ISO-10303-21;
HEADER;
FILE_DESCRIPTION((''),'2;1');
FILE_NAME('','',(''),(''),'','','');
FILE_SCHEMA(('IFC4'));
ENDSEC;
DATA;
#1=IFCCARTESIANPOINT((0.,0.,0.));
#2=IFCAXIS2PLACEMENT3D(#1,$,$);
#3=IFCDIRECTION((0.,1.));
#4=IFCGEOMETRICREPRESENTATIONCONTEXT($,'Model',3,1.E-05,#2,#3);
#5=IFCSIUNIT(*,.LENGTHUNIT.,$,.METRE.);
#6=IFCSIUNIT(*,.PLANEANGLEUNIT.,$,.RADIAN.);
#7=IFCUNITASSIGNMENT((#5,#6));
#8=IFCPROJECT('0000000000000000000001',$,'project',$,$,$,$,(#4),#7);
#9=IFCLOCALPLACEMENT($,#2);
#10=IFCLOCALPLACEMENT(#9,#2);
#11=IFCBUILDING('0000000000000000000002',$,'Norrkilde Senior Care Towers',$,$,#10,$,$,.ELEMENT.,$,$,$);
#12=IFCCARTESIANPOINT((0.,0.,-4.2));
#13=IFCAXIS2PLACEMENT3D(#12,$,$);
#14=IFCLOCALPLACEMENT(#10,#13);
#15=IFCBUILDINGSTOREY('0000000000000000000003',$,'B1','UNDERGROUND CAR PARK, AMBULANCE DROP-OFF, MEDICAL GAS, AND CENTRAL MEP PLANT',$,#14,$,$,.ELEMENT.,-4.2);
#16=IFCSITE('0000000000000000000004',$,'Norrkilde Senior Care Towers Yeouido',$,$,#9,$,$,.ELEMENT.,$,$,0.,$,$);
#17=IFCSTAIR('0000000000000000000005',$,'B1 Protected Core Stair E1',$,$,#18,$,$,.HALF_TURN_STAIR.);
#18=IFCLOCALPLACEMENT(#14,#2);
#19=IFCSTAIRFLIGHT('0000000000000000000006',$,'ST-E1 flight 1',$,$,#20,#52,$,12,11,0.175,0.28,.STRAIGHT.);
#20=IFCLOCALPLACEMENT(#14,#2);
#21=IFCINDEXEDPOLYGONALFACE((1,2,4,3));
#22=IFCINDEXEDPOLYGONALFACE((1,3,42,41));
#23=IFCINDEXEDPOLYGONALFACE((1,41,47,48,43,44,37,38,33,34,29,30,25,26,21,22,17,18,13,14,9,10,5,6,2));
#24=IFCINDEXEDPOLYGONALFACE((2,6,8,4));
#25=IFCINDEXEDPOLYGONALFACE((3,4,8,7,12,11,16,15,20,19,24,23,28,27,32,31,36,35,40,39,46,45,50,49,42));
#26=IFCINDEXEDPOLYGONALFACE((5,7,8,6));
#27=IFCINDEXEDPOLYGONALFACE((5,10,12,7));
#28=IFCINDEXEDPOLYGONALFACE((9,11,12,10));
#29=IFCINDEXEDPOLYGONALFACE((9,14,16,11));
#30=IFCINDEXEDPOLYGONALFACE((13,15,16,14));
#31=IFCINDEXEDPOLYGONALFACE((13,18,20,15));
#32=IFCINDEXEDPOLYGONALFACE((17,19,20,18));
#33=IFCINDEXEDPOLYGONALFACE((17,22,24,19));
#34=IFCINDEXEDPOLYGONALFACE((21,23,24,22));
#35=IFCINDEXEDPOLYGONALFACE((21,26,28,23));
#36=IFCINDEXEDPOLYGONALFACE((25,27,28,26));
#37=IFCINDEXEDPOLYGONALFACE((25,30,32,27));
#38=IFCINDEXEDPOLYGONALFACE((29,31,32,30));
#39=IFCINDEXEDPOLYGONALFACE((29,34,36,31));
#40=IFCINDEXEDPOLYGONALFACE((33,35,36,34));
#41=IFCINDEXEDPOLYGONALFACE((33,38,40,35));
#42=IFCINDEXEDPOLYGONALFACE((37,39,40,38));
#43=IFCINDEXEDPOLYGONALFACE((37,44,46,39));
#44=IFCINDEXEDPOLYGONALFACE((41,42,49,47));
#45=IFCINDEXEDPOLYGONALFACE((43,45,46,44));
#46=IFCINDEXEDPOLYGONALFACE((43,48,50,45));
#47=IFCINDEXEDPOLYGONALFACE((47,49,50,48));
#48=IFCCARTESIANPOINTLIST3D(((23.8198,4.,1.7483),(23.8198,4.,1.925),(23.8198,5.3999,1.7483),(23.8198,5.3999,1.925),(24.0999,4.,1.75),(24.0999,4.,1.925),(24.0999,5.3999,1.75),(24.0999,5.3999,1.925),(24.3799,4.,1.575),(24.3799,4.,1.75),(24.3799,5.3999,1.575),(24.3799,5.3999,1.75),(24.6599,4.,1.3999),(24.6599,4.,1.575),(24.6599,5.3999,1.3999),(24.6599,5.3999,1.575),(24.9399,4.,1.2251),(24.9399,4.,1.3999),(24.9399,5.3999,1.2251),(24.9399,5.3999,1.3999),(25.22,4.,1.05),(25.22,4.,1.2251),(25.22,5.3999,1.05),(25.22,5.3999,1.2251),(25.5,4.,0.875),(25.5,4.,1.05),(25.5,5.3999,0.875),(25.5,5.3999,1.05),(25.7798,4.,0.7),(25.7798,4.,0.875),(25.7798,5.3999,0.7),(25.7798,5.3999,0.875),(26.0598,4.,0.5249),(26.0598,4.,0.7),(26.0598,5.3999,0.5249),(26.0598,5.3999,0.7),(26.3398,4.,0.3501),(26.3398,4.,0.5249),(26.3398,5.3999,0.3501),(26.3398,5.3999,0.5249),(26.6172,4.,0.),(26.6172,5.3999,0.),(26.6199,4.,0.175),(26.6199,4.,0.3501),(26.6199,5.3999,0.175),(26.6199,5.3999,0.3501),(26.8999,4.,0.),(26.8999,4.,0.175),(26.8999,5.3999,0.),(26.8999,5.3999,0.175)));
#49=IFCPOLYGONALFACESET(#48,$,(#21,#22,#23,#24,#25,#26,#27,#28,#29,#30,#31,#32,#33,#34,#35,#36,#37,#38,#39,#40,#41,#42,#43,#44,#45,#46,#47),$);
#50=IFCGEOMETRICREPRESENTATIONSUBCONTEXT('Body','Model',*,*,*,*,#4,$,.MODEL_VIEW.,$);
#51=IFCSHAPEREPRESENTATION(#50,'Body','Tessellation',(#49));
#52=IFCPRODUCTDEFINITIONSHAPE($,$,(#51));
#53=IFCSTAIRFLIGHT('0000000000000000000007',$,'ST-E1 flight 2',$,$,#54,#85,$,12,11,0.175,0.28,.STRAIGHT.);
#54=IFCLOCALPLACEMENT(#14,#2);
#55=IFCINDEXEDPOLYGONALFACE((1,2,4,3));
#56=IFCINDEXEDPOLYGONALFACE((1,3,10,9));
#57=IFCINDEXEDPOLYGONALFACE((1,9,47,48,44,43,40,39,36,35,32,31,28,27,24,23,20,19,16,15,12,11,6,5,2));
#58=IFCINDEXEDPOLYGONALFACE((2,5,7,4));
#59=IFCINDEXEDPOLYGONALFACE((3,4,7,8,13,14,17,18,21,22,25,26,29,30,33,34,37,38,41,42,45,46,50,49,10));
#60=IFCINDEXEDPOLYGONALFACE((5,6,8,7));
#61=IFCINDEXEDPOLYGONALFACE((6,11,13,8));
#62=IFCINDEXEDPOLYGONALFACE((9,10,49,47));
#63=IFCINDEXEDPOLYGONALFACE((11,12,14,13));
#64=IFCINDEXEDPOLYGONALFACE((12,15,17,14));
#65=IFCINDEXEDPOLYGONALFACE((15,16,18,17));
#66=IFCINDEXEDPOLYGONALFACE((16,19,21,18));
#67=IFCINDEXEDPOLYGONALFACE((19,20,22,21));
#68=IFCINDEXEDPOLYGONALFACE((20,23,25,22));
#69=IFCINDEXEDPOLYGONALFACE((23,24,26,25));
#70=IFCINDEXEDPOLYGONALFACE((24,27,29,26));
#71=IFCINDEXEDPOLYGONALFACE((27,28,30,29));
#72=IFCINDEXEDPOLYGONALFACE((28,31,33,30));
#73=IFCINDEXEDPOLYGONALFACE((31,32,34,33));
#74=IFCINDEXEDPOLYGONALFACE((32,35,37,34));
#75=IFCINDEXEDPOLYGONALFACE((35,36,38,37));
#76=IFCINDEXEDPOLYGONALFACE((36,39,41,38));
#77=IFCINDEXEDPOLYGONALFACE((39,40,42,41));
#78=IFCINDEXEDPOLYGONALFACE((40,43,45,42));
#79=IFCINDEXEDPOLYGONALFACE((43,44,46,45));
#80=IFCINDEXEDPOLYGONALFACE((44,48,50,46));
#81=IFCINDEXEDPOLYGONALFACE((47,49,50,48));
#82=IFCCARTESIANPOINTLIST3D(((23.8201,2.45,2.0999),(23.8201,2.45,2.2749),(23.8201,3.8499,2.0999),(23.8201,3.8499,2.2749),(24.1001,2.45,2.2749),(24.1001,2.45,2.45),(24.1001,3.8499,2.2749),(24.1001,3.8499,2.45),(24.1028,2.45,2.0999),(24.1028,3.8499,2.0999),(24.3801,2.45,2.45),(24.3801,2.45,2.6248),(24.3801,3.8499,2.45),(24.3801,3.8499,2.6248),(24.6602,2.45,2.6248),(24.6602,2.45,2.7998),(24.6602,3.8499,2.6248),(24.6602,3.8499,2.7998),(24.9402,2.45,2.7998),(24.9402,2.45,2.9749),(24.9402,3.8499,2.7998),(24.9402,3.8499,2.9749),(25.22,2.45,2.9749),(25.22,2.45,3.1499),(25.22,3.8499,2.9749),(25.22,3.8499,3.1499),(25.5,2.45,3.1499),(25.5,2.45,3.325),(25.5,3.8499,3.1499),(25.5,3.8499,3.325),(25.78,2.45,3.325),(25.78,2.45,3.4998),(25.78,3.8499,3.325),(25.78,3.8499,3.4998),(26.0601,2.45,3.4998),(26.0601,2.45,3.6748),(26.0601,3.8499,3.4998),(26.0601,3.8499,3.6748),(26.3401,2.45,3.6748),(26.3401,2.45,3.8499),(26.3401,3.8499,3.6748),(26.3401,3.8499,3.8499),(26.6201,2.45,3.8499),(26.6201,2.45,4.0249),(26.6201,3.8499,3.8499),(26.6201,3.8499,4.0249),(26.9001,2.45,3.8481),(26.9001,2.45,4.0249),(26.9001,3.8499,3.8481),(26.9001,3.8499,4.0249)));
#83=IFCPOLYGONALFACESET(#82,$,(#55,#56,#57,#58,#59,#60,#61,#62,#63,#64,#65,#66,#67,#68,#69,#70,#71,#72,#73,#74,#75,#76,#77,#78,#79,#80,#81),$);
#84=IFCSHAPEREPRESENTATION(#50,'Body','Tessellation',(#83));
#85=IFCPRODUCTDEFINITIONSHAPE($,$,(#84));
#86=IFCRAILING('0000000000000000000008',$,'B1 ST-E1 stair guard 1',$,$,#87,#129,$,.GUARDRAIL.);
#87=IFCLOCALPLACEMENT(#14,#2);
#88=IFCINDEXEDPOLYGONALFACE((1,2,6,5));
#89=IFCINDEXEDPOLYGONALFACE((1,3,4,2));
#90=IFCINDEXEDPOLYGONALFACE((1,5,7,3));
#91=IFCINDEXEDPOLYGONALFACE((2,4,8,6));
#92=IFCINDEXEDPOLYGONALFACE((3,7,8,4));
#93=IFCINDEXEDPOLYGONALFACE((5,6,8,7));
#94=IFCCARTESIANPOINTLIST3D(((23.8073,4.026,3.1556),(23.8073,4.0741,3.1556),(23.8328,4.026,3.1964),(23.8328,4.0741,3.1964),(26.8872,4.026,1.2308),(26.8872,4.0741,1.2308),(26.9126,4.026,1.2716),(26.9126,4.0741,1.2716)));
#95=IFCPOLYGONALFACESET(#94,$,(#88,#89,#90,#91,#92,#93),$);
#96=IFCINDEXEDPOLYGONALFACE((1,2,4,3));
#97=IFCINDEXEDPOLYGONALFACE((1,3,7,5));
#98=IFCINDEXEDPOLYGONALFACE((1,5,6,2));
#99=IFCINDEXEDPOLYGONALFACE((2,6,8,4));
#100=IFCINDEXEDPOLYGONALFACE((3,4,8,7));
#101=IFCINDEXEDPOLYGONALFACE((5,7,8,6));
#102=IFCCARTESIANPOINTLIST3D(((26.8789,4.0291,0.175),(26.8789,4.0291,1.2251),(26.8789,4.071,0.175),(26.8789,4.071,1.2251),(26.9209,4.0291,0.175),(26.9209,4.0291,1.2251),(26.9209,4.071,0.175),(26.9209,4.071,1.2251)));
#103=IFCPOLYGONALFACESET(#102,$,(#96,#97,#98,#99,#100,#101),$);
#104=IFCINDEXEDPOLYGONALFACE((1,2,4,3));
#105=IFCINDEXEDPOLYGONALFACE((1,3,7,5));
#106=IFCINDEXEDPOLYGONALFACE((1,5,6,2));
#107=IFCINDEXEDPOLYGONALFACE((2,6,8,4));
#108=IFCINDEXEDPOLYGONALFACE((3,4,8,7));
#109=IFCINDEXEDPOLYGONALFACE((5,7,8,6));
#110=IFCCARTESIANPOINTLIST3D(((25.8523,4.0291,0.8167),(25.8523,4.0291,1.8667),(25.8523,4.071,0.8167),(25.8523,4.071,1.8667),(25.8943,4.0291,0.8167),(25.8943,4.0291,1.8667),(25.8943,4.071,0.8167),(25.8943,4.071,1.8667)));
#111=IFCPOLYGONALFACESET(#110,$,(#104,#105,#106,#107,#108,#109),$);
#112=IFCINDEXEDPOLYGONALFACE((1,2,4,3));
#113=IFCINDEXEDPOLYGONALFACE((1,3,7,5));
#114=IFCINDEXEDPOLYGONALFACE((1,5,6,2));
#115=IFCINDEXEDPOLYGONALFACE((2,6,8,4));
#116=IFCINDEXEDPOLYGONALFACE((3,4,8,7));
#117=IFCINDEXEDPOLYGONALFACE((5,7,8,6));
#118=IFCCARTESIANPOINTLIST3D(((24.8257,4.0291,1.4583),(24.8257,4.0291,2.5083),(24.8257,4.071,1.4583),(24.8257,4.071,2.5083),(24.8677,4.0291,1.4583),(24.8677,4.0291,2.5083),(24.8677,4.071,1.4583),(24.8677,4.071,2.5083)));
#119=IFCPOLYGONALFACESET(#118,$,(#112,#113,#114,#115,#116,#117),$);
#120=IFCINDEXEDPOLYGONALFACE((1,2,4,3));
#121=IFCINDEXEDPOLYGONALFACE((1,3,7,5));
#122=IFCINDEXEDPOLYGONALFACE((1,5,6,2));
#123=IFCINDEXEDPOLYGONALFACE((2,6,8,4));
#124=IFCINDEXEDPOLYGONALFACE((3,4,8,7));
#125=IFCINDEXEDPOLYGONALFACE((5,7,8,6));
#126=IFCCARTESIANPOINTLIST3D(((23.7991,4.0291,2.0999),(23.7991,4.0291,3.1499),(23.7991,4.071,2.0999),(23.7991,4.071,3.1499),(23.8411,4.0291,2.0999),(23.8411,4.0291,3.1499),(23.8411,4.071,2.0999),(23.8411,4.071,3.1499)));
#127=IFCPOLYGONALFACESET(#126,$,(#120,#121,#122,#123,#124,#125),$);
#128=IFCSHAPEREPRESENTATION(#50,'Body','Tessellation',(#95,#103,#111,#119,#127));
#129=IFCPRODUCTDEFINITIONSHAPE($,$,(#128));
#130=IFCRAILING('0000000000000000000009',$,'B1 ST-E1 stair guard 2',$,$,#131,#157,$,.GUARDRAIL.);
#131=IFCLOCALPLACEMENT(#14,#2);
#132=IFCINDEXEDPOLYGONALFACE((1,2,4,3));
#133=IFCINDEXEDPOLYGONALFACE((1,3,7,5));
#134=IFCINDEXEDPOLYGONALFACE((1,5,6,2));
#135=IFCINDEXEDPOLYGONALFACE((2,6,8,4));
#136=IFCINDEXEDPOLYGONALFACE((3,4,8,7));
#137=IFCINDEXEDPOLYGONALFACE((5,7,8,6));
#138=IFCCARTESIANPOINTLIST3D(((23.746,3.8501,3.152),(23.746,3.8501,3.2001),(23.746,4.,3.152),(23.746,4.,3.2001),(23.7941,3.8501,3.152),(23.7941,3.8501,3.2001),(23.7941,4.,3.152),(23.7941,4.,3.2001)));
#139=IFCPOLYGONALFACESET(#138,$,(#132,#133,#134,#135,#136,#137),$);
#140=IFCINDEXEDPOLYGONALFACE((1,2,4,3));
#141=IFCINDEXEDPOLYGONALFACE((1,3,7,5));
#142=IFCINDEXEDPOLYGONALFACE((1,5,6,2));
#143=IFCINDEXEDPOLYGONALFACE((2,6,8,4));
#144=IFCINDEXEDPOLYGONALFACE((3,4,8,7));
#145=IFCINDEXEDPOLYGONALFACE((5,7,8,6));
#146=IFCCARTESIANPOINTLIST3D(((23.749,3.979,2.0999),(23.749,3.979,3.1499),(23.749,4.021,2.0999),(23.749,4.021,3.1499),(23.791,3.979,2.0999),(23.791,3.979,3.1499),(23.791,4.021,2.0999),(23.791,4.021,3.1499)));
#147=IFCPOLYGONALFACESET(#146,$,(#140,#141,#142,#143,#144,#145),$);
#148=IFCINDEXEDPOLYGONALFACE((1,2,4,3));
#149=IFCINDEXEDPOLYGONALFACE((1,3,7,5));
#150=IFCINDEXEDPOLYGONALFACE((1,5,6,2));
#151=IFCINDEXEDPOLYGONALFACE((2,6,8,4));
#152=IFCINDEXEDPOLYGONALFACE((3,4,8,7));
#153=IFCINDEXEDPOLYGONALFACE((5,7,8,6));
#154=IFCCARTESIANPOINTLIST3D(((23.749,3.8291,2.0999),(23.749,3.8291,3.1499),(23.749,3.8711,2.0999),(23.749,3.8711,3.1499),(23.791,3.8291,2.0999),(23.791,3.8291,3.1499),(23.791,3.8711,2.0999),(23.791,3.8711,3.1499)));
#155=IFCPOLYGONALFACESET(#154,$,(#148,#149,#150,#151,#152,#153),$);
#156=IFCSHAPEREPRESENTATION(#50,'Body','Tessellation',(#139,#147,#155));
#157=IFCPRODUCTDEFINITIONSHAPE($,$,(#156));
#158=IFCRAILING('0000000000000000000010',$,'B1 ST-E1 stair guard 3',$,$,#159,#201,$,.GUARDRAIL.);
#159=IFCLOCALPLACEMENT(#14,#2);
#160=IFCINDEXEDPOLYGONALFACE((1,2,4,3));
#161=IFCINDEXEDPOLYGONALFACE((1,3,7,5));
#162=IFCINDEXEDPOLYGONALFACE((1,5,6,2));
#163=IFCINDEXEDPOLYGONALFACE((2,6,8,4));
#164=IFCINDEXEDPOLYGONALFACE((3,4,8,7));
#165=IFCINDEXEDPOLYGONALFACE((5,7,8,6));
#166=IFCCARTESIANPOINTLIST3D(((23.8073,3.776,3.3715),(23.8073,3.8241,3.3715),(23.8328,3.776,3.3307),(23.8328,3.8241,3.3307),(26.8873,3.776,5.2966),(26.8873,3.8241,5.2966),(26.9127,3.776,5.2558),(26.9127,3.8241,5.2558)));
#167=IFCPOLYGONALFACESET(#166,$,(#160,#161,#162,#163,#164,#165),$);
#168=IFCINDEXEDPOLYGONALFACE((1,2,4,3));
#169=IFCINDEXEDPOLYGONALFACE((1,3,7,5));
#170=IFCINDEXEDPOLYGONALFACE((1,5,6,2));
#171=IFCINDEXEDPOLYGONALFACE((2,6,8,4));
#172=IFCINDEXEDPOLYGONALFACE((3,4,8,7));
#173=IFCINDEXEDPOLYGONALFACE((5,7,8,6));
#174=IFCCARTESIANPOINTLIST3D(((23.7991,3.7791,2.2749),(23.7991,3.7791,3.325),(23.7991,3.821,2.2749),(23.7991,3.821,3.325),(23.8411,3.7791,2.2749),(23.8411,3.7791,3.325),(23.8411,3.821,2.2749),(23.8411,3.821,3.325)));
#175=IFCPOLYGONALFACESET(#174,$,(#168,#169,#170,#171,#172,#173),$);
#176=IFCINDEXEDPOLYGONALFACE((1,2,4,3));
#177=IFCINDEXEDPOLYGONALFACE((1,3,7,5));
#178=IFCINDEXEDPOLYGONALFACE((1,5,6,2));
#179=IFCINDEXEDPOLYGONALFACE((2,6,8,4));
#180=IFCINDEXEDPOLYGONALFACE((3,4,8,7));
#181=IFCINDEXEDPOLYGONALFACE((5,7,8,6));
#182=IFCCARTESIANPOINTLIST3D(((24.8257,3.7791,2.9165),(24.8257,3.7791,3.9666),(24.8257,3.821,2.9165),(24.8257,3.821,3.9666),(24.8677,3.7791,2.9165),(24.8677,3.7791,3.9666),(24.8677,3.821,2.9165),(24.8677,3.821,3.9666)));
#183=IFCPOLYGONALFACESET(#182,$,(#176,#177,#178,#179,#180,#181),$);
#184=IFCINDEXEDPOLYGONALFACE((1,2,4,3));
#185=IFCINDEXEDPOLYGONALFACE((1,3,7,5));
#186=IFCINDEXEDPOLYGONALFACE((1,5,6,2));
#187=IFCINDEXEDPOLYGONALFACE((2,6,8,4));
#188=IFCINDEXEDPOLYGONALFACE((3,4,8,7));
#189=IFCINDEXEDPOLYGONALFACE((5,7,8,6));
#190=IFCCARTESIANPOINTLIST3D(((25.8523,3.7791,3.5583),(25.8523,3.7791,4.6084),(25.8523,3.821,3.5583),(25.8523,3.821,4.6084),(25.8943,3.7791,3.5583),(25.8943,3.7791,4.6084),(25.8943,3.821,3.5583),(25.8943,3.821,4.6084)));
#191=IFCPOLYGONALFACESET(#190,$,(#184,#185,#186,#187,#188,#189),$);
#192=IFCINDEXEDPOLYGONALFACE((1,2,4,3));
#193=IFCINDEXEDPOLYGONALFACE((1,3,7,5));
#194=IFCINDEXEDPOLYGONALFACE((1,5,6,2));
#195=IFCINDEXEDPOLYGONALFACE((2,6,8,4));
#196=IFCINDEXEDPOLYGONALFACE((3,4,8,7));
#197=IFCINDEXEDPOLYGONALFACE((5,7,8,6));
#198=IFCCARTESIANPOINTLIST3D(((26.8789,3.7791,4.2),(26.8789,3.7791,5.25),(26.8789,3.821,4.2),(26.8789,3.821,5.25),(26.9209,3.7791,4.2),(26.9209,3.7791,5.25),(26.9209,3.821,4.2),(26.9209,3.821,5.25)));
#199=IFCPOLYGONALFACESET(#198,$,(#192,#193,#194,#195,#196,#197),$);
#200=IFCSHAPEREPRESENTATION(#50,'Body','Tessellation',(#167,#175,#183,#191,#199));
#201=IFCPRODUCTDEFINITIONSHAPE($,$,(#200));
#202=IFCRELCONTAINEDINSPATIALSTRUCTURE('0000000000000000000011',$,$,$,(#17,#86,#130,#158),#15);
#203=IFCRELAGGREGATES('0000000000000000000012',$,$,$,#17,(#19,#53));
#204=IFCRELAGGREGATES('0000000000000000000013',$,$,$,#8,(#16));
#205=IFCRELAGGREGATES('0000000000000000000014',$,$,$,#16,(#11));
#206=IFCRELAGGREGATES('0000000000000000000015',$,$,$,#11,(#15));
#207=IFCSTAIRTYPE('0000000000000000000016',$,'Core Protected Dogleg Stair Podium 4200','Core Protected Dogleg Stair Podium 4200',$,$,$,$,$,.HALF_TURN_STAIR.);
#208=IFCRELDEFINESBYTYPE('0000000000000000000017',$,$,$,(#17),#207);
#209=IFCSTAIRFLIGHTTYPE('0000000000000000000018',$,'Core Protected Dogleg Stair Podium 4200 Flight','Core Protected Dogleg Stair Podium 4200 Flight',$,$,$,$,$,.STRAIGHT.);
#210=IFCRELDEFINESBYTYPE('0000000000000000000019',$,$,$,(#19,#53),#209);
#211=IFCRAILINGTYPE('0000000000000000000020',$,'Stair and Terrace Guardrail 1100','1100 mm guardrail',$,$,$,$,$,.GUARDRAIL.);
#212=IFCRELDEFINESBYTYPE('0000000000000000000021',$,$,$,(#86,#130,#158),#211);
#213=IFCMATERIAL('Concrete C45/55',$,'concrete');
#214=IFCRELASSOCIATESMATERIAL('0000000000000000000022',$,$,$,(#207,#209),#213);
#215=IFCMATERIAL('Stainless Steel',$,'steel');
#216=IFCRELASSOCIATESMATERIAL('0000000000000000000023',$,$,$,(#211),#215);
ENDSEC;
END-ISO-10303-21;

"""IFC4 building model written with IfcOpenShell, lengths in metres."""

from ifc_helpers import new_model, si_unit, direction, frame, origin, origin_2d, place, context, subcontext, project, spatial, polyline, rectangle, outline, extrude, material, type_object, element, aggregate, save


model = new_model("IFC4")

# Units and contexts
model_context = context("Model", 3, precision=1e-05, world=origin(), true_north=direction((0.0, 1.0)))
body_context = subcontext(model_context, "Body", "Model", "MODEL_VIEW")
ifc_project = project(units=[si_unit("LENGTHUNIT", "METRE"), si_unit("PLANEANGLEUNIT", "RADIAN")], contexts=[model_context])

# Site, building, storey
site_placement = place(None, origin())
site = spatial("IfcSite", under=ifc_project, at=site_placement, Name="Norrkilde Senior Care Towers Yeouido", CompositionType="ELEMENT", RefElevation=0.0)
building_placement = place(site_placement, origin())
building = spatial("IfcBuilding", under=site, at=building_placement, Name="Norrkilde Senior Care Towers", CompositionType="ELEMENT")
storey_placement = place(building_placement, frame((0.0, 0.0, -4.2)))
storey = spatial("IfcBuildingStorey", under=building, at=storey_placement, Name="B1", Description="UNDERGROUND CAR PARK, AMBULANCE DROP-OFF, MEDICAL GAS, AND CENTRAL MEP PLANT", CompositionType="ELEMENT", Elevation=-4.2)

# Shared definitions
ifc_material_1 = material(Name="Concrete C45/55", Category="concrete")

# Shared definitions
ifc_material_2 = material(Name="Stainless Steel", Category="steel")

# Stair, stair flights
stair_type = type_object("IfcStairType", Name="Core Protected Dogleg Stair Podium 4200", Description="Core Protected Dogleg Stair Podium 4200", PredefinedType="HALF_TURN_STAIR", material=ifc_material_1)
stair_placement = place(storey_placement, origin())
stair = element("IfcStair", 1, at=stair_placement, inside=storey, type_object=stair_type, Name="B1 Protected Core Stair E1", PredefinedType="HALF_TURN_STAIR")
stair_flight_type = type_object("IfcStairFlightType", Name="Core Protected Dogleg Stair Podium 4200 Flight", Description="Core Protected Dogleg Stair Podium 4200 Flight", PredefinedType="STRAIGHT", material=ifc_material_1)
stair_flight_1_placement = place(storey_placement, frame((26.8999, 4.7, 0.0), z_axis=(0.0, 0.0, 1.0), x_axis=(-1.0, 0.0, 0.0)))
stair_flight_1 = element("IfcStairFlight", 2, at=stair_flight_1_placement, type_object=stair_flight_type, Name="ST-E1 flight 1", NumberOfRisers=12, NumberOfTreads=11, PredefinedType="STRAIGHT", RiserHeight=0.175, TreadLength=0.28, context=body_context, shape_type="SweptSolid", body=[
    extrude(outline(polyline([(0.0, 0.0), (0.0, 0.175), (0.28, 0.175), (0.28, 0.3501), (0.5601, 0.3501), (0.5601, 0.5249), (0.8401, 0.5249), (0.8401, 0.7), (1.1201, 0.7), (1.1201, 0.875), (1.3999, 0.875), (1.3999, 1.05), (1.6799, 1.05), (1.6799, 1.2251), (1.96, 1.2251), (1.96, 1.3999), (2.24, 1.3999), (2.24, 1.575), (2.52, 1.575), (2.52, 1.75), (2.8, 1.75), (2.8, 1.925), (3.0801, 1.925), (3.0801, 2.1001), (3.0801, 1.7483), (0.2827, 0.0), (0.0, 0.0)])), frame((0.0, 0.7, 0.0), z_axis=(0.0, -1.0, 0.0), x_axis=(1.0, 0.0, 0.0)), (0.0, 0.0, 1.0), 1.3999),
])
stair_flight_2_placement = place(storey_placement, frame((23.8201, 3.1499, 2.0999), z_axis=(0.0, 0.0, 1.0), x_axis=(1.0, 0.0, 0.0)))
stair_flight_2 = element("IfcStairFlight", 3, at=stair_flight_2_placement, type_object=stair_flight_type, Name="ST-E1 flight 2", NumberOfRisers=12, NumberOfTreads=11, PredefinedType="STRAIGHT", RiserHeight=0.175, TreadLength=0.28, context=body_context, shape_type="SweptSolid", body=[
    extrude(outline(polyline([(0.0, 0.0), (0.0, 0.175), (0.28, 0.175), (0.28, 0.3501), (0.5601, 0.3501), (0.5601, 0.5249), (0.8401, 0.5249), (0.8401, 0.7), (1.1201, 0.7), (1.1201, 0.875), (1.3999, 0.875), (1.3999, 1.05), (1.6799, 1.05), (1.6799, 1.2251), (1.96, 1.2251), (1.96, 1.3999), (2.24, 1.3999), (2.24, 1.575), (2.52, 1.575), (2.52, 1.75), (2.8, 1.75), (2.8, 1.925), (3.0801, 1.925), (3.0801, 2.1001), (3.0801, 1.7483), (0.2827, 0.0), (0.0, 0.0)])), frame((0.0, 0.7, 0.0), z_axis=(0.0, -1.0, 0.0), x_axis=(1.0, 0.0, 0.0)), (0.0, 0.0, 1.0), 1.3999),
])
aggregate(stair, [stair_flight_1, stair_flight_2])

# Railings
railing_type_1 = type_object("IfcRailingType", Name="Stair and Terrace Guardrail 1100", Description="1100 mm guardrail", PredefinedType="GUARDRAIL", material=ifc_material_2)
railing_1_placement = place(storey_placement, frame((26.8999, 4.05, 0.175)))
element("IfcRailing", 4, at=railing_1_placement, inside=storey, type_object=railing_type_1, Name="B1 ST-E1 stair guard 1", PredefinedType="GUARDRAIL", context=body_context, shape_type="SweptSolid", body=[
    extrude(rectangle(XDim=0.0481, YDim=0.0481, at=origin_2d()), frame((0.0, 0.0, 1.0762), z_axis=(-0.84801, 0.0, 0.529981), x_axis=(0.0, -1.0, 0.0)), (0.0, 0.0, 1.0), 3.6318),
    extrude(rectangle(XDim=0.042, YDim=0.042, at=origin_2d()), origin(), (0.0, 0.0, 1.0), 1.05),
    extrude(rectangle(XDim=0.042, YDim=0.042, at=origin_2d()), frame((-1.0266, 0.0, 0.6416)), (0.0, 0.0, 1.0), 1.05),
    extrude(rectangle(XDim=0.042, YDim=0.042, at=origin_2d()), frame((-2.0532, 0.0, 1.2832)), (0.0, 0.0, 1.0), 1.05),
    extrude(rectangle(XDim=0.042, YDim=0.042, at=origin_2d()), frame((-3.0798, 0.0, 1.9248)), (0.0, 0.0, 1.0), 1.05),
])
railing_2_placement = place(storey_placement, frame((23.77, 4.0, 2.0999)))
element("IfcRailing", 5, at=railing_2_placement, inside=storey, type_object=railing_type_1, Name="B1 ST-E1 stair guard 2", PredefinedType="GUARDRAIL", context=body_context, shape_type="SweptSolid", body=[
    extrude(rectangle(XDim=0.0481, YDim=0.0481, at=origin_2d()), frame((0.0, 0.0, 1.0762), z_axis=(0.0, -1.0, 0.0), x_axis=(1.0, 0.0, 0.0)), (0.0, 0.0, 1.0), 0.1499),
    extrude(rectangle(XDim=0.042, YDim=0.042, at=origin_2d()), origin(), (0.0, 0.0, 1.0), 1.05),
    extrude(rectangle(XDim=0.042, YDim=0.042, at=origin_2d()), frame((0.0, -0.1499, 0.0)), (0.0, 0.0, 1.0), 1.05),
])
railing_3_placement = place(storey_placement, frame((23.8201, 3.8, 2.2749)))
element("IfcRailing", 6, at=railing_3_placement, inside=storey, type_object=railing_type_1, Name="B1 ST-E1 stair guard 3", PredefinedType="GUARDRAIL", context=body_context, shape_type="SweptSolid", body=[
    extrude(rectangle(XDim=0.0481, YDim=0.0481, at=origin_2d()), frame((0.0, 0.0, 1.0762), z_axis=(0.847979, 0.0, 0.530029), x_axis=(0.0, 1.0, 0.0)), (0.0, 0.0, 1.0), 3.6321),
    extrude(rectangle(XDim=0.042, YDim=0.042, at=origin_2d()), origin(), (0.0, 0.0, 1.0), 1.05),
    extrude(rectangle(XDim=0.042, YDim=0.042, at=origin_2d()), frame((1.0266, 0.0, 0.6416)), (0.0, 0.0, 1.0), 1.05),
    extrude(rectangle(XDim=0.042, YDim=0.042, at=origin_2d()), frame((2.0532, 0.0, 1.2834)), (0.0, 0.0, 1.0), 1.05),
    extrude(rectangle(XDim=0.042, YDim=0.042, at=origin_2d()), frame((3.0798, 0.0, 1.925)), (0.0, 0.0, 1.0), 1.05),
])

save(model, "model.ifc")
